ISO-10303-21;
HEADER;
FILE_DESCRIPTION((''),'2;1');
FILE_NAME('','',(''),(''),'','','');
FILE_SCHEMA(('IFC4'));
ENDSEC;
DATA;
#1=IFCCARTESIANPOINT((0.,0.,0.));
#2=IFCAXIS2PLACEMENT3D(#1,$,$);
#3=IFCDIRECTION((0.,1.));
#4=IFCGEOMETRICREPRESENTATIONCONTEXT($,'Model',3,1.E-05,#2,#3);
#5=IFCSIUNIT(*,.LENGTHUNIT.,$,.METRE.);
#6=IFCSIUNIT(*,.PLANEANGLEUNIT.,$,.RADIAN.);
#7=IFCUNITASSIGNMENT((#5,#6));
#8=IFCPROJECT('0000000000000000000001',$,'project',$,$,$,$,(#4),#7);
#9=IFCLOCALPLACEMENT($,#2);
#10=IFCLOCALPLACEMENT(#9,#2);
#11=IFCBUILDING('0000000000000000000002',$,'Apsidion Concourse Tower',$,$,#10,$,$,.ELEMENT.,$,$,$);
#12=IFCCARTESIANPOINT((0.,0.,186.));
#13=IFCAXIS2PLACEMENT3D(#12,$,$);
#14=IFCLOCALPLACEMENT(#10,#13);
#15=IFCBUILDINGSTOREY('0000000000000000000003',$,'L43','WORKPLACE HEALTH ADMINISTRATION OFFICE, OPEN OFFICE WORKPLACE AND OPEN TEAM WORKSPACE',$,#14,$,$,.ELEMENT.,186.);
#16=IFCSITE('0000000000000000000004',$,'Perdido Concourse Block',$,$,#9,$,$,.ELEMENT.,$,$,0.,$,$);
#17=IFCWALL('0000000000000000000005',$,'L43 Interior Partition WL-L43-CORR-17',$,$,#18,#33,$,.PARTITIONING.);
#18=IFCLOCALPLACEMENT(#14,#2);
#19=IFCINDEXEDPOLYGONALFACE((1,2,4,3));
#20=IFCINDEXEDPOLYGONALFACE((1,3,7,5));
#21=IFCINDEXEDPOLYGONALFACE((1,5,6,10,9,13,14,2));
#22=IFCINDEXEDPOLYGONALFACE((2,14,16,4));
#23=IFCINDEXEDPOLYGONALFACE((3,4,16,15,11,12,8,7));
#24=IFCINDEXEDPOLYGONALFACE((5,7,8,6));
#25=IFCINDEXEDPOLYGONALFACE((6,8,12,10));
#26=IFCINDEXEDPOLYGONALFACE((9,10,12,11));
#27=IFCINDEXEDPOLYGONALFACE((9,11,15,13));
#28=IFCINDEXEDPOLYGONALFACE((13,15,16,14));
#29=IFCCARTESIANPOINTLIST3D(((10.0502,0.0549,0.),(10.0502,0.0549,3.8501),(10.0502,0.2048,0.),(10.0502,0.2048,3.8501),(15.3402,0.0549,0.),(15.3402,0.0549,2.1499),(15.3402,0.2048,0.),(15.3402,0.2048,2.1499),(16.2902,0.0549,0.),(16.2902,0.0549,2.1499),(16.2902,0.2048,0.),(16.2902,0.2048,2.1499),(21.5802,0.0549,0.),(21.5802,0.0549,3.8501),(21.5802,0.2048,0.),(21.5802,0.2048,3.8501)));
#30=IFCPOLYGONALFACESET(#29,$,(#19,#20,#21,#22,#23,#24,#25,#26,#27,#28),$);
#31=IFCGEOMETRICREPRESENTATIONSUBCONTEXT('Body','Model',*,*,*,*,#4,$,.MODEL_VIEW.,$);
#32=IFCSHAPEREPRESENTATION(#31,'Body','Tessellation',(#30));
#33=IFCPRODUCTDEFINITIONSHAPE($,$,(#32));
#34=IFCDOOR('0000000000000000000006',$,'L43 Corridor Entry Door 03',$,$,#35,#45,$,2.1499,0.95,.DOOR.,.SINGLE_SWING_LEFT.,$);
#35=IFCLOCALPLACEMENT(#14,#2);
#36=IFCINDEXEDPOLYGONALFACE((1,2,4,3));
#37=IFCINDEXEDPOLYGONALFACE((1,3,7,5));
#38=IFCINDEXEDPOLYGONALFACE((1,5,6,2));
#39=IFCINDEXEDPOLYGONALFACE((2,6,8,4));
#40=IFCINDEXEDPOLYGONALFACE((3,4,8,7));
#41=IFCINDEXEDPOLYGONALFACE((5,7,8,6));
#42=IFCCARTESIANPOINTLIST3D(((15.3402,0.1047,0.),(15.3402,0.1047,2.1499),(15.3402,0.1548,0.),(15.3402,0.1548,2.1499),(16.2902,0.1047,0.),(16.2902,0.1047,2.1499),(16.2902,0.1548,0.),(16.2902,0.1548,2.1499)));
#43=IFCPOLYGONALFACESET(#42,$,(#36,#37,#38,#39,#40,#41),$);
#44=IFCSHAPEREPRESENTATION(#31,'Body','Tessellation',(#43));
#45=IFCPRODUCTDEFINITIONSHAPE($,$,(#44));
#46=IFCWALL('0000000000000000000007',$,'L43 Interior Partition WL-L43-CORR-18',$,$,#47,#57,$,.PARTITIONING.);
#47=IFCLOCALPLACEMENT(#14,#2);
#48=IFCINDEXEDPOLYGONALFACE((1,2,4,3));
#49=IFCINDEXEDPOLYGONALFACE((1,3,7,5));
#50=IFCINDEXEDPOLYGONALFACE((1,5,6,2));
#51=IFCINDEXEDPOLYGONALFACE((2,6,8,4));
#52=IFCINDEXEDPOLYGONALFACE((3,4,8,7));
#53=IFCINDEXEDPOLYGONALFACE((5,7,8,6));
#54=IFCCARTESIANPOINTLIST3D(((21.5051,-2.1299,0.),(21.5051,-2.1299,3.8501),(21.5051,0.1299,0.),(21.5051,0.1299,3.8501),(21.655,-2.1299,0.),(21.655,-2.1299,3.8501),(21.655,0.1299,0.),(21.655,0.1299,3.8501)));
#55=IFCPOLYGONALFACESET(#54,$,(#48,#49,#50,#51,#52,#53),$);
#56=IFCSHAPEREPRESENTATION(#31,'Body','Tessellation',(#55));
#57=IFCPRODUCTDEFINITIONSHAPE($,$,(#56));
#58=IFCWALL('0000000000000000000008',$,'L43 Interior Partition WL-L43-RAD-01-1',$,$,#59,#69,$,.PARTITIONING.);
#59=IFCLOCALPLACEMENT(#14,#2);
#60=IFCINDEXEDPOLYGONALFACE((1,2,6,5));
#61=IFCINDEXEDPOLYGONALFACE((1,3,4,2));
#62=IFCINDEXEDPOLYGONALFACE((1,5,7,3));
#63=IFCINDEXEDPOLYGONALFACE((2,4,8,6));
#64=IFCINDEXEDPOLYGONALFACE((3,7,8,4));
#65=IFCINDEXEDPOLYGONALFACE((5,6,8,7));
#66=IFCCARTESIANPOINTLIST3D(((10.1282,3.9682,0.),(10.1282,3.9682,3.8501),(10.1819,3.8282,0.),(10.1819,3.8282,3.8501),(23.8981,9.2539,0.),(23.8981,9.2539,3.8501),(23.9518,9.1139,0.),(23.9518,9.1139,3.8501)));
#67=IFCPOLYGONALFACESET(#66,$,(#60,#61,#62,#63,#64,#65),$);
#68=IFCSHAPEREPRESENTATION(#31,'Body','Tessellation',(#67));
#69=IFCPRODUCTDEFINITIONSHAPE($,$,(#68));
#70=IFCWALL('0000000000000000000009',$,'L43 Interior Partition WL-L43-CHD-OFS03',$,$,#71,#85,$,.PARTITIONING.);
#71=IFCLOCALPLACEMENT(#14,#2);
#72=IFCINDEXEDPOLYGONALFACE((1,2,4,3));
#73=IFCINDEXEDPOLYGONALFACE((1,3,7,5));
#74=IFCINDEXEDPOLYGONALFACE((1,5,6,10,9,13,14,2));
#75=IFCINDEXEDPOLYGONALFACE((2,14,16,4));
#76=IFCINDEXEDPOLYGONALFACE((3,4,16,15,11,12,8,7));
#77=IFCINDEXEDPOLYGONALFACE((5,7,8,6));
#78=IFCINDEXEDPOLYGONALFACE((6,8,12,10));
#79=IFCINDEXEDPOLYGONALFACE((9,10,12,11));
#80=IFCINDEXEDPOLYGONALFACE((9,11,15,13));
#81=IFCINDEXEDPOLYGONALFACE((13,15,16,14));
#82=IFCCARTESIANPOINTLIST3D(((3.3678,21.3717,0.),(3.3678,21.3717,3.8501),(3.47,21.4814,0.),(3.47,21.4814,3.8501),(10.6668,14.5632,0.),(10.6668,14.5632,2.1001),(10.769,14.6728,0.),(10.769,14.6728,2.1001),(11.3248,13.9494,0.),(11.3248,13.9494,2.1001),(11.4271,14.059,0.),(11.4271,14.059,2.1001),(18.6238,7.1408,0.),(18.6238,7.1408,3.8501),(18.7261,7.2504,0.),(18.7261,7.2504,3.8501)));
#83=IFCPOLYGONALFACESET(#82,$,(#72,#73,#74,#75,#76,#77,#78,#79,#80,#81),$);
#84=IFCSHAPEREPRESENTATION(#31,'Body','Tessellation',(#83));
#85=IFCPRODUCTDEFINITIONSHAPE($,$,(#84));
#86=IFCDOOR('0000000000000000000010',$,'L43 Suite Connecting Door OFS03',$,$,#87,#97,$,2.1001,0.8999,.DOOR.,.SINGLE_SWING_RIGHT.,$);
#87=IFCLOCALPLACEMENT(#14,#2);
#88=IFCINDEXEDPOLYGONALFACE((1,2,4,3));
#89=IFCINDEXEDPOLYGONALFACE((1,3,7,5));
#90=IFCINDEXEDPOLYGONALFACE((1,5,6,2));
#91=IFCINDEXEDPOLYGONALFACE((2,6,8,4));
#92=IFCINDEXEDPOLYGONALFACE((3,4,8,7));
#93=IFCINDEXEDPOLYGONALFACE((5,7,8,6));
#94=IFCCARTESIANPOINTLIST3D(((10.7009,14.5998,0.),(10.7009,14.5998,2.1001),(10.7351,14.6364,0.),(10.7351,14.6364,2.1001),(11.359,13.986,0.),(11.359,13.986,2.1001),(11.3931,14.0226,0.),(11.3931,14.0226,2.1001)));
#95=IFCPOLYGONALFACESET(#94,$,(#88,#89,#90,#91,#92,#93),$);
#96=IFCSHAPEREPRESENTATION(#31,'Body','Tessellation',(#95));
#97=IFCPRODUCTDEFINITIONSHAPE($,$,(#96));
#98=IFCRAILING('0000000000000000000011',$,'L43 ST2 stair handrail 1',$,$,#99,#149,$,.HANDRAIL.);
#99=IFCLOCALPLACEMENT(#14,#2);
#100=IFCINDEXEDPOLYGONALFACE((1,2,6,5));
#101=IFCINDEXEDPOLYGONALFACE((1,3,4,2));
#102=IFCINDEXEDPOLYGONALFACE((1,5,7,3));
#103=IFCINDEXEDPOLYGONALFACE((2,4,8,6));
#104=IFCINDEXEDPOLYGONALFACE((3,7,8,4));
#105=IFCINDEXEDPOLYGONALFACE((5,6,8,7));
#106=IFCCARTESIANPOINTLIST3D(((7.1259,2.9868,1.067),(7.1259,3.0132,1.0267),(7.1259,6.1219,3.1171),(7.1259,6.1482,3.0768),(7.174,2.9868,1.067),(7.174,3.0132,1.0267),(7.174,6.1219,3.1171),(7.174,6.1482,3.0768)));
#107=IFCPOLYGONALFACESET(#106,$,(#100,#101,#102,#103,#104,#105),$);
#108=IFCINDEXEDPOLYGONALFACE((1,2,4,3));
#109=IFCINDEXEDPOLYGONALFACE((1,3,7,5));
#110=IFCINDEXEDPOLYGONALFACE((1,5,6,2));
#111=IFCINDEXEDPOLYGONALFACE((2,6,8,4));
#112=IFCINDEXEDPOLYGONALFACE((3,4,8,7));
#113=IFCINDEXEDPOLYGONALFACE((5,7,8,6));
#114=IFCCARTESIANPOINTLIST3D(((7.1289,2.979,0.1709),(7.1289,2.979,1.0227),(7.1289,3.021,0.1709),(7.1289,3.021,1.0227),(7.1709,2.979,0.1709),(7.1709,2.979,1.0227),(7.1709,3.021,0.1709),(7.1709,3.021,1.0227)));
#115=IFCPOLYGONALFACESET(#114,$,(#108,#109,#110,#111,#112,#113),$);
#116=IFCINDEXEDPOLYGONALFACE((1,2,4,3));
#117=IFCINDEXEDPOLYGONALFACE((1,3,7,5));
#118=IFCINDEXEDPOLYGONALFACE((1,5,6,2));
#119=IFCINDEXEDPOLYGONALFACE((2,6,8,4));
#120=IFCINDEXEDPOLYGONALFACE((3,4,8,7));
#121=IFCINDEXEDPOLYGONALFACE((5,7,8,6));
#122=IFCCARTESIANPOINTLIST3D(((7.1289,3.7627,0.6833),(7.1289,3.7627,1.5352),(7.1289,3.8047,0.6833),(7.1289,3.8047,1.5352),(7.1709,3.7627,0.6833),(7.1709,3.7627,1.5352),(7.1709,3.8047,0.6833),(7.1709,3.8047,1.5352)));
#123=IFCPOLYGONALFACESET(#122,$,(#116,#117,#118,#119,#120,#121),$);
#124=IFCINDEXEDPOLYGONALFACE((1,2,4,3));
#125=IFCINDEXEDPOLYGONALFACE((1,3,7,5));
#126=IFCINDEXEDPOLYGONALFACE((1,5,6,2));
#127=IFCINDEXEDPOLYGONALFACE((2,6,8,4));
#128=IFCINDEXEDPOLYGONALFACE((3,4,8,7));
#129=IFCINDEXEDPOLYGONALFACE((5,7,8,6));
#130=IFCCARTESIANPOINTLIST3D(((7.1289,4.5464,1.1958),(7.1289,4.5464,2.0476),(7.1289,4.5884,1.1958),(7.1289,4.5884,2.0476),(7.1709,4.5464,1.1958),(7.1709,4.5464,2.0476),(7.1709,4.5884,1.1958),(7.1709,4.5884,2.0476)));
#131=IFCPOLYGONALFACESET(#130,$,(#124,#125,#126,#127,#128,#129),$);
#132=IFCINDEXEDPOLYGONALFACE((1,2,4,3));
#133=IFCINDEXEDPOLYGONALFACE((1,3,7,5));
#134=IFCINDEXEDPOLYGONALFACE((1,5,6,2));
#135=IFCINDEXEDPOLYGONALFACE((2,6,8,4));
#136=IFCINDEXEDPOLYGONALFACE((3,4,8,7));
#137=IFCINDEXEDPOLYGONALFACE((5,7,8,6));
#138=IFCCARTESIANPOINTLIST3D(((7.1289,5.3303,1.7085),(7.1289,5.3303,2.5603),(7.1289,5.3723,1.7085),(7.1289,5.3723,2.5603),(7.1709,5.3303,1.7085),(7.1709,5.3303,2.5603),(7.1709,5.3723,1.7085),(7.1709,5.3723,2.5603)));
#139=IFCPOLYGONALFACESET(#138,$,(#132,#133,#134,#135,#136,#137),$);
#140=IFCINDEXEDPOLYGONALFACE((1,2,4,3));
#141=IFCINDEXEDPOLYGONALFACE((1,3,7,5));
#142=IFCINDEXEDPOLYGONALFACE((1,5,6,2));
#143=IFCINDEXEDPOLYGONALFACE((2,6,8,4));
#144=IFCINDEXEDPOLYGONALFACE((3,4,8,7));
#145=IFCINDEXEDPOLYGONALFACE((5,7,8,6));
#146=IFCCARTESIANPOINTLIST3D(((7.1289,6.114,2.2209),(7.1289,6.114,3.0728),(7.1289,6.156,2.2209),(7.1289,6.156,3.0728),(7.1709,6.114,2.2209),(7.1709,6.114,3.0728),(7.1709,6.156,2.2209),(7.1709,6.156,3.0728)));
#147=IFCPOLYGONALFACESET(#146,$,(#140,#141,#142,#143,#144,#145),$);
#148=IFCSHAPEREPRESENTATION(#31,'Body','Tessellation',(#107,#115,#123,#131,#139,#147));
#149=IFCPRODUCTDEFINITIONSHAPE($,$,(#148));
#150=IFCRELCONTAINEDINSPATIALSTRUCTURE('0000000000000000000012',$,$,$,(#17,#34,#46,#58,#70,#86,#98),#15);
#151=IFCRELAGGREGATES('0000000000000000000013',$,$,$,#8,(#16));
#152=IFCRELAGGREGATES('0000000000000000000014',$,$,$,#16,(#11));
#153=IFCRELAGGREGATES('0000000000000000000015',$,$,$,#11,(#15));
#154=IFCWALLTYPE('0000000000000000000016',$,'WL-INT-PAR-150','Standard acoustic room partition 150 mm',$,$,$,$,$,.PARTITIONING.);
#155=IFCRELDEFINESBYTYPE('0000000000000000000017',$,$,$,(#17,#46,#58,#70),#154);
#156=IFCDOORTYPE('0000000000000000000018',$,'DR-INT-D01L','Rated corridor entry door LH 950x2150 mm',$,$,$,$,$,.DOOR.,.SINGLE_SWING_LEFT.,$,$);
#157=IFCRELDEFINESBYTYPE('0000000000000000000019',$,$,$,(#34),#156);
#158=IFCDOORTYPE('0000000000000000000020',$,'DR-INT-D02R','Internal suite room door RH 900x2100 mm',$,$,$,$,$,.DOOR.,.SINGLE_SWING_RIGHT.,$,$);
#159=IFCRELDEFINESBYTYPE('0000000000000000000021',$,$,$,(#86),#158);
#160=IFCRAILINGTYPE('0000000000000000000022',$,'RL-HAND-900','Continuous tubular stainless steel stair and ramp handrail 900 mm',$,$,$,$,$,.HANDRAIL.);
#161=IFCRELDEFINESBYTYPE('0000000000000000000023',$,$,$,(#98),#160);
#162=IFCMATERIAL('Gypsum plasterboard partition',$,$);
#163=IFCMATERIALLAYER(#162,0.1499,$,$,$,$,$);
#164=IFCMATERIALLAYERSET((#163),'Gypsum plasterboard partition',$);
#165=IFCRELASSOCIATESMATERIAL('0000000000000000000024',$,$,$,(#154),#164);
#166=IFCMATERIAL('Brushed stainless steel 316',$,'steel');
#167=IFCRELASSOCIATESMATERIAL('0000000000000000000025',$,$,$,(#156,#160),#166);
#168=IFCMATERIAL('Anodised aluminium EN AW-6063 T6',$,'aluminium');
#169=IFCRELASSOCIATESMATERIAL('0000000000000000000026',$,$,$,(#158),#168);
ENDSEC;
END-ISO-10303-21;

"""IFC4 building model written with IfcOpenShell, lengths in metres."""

from ifc_helpers import new_model, si_unit, direction, frame, frame_2d, origin, origin_2d, place, context, subcontext, project, spatial, rectangle, extrude, material, layer, layer_set, type_object, element, fill, save


model = new_model("IFC4")

# Units and contexts
model_context = context("Model", 3, precision=1e-05, world=origin(), true_north=direction((0.0, 1.0)))
body_context = subcontext(model_context, "Body", "Model", "MODEL_VIEW")
ifc_project = project(units=[si_unit("LENGTHUNIT", "METRE"), si_unit("PLANEANGLEUNIT", "RADIAN")], contexts=[model_context])

# Site, building, storey
site_placement = place(None, origin())
site = spatial("IfcSite", under=ifc_project, at=site_placement, Name="Perdido Concourse Block", CompositionType="ELEMENT", RefElevation=0.0)
building_placement = place(site_placement, origin())
building = spatial("IfcBuilding", under=site, at=building_placement, Name="Apsidion Concourse Tower", CompositionType="ELEMENT")
storey_placement = place(building_placement, frame((0.0, 0.0, 186.0)))
storey = spatial("IfcBuildingStorey", under=building, at=storey_placement, Name="L43", Description="WORKPLACE HEALTH ADMINISTRATION OFFICE, OPEN OFFICE WORKPLACE AND OPEN TEAM WORKSPACE", CompositionType="ELEMENT", Elevation=186.0)

# Shared definitions
ifc_material_1 = material(Name="Gypsum plasterboard partition")
ifc_layer_1 = layer(ifc_material_1, 0.1499)
ifc_layer_set_1 = layer_set([ifc_layer_1], Name="Gypsum plasterboard partition")
wall_type_1 = type_object("IfcWallType", Name="WL-INT-PAR-150", Description="Standard acoustic room partition 150 mm", PredefinedType="PARTITIONING", material=ifc_layer_set_1)

# Wall, opening, door
ifc_material_2 = material(Name="Brushed stainless steel 316", Category="steel")
wall_1_placement = place(storey_placement, frame((10.05, 0.1299, 0.0), z_axis=(0.0, 0.0, 1.0), x_axis=(1.0, 0.0, 0.0)))
wall_1 = element("IfcWall", 1, at=wall_1_placement, inside=storey, type_object=wall_type_1, Name="L43 Interior Partition WL-L43-CORR-17", PredefinedType="PARTITIONING", context=body_context, shape_type="SweptSolid", body=[
    extrude(rectangle(XDim=11.53, YDim=0.1499, at=frame_2d((5.7651, 0.0))), origin(), (0.0, 0.0, 1.0), 3.8501),
])
opening_1_placement = place(wall_1_placement, frame((5.29, 0.0, 0.0)))
opening_1 = element("IfcOpeningElement", 2, at=opening_1_placement, cuts=wall_1, PredefinedType="OPENING", context=body_context, shape_type="SweptSolid", body=[
    extrude(rectangle(XDim=0.95, YDim=2.1499, at=frame_2d((0.4751, 1.075))), frame((0.0, 0.085, 0.0), z_axis=(0.0, -1.0, 0.0), x_axis=(1.0, 0.0, 0.0)), (0.0, 0.0, 1.0), 0.1699),
])
door_type_1 = type_object("IfcDoorType", Name="DR-INT-D01L", Description="Rated corridor entry door LH 950x2150 mm", OperationType="SINGLE_SWING_LEFT", PredefinedType="DOOR", material=ifc_material_2)
door_1_placement = place(opening_1_placement, origin())
door_1 = element("IfcDoor", 3, at=door_1_placement, inside=storey, type_object=door_type_1, Name="L43 Corridor Entry Door 03", OperationType="SINGLE_SWING_LEFT", OverallHeight=2.1499, OverallWidth=0.95, PredefinedType="DOOR", context=body_context, shape_type="SweptSolid", body=[
    extrude(rectangle(XDim=0.95, YDim=2.1499, at=frame_2d((0.4751, 1.075))), frame((0.0, 0.0249, 0.0), z_axis=(0.0, -1.0, 0.0), x_axis=(1.0, 0.0, 0.0)), (0.0, 0.0, 1.0), 0.05),
])
fill(opening_1, door_1)

# Walls
wall_2_placement = place(storey_placement, frame((21.5801, 0.1299, 0.0), z_axis=(0.0, 0.0, 1.0), x_axis=(0.0, -1.0, 0.0)))
element("IfcWall", 4, at=wall_2_placement, inside=storey, type_object=wall_type_1, Name="L43 Interior Partition WL-L43-CORR-18", PredefinedType="PARTITIONING", context=body_context, shape_type="SweptSolid", body=[
    extrude(rectangle(XDim=2.2598, YDim=0.1499, at=frame_2d((1.1299, 0.0))), origin(), (0.0, 0.0, 1.0), 3.8501),
])
wall_3_placement = place(storey_placement, frame((10.155, 3.8982, 0.0), z_axis=(0.0, 0.0, 1.0), x_axis=(0.933582, 0.358363, 0.0)))
element("IfcWall", 5, at=wall_3_placement, inside=storey, type_object=wall_type_1, Name="L43 Interior Partition WL-L43-RAD-01-1", PredefinedType="PARTITIONING", context=body_context, shape_type="SweptSolid", body=[
    extrude(rectangle(XDim=14.7495, YDim=0.1499, at=frame_2d((7.3748, 0.0))), origin(), (0.0, 0.0, 1.0), 3.8501),
])

# Wall, opening, door
wall_4_placement = place(storey_placement, frame((18.675, 7.1956, 0.0), z_axis=(0.0, 0.0, 1.0), x_axis=(-0.731248, 0.682111, 0.0)))
wall_4 = element("IfcWall", 6, at=wall_4_placement, inside=storey, type_object=wall_type_1, Name="L43 Interior Partition WL-L43-CHD-OFS03", PredefinedType="PARTITIONING", context=body_context, shape_type="SweptSolid", body=[
    extrude(rectangle(XDim=20.863, YDim=0.1499, at=frame_2d((10.4316, 0.0))), origin(), (0.0, 0.0, 1.0), 3.8501),
])
opening_2_placement = place(wall_4_placement, frame((9.9817, 0.0, 0.0)))
opening_2 = element("IfcOpeningElement", 7, at=opening_2_placement, cuts=wall_4, PredefinedType="OPENING", context=body_context, shape_type="SweptSolid", body=[
    extrude(rectangle(XDim=0.8999, YDim=2.1001, at=frame_2d((0.45, 1.05))), frame((0.0, 0.085, 0.0), z_axis=(0.0, -1.0, 0.0), x_axis=(1.0, 0.0, 0.0)), (0.0, 0.0, 1.0), 0.1699),
])
ifc_material_3 = material(Name="Anodised aluminium EN AW-6063 T6", Category="aluminium")
door_type_2 = type_object("IfcDoorType", Name="DR-INT-D02R", Description="Internal suite room door RH 900x2100 mm", OperationType="SINGLE_SWING_RIGHT", PredefinedType="DOOR", material=ifc_material_3)
door_2_placement = place(opening_2_placement, origin())
door_2 = element("IfcDoor", 8, at=door_2_placement, inside=storey, type_object=door_type_2, Name="L43 Suite Connecting Door OFS03", OperationType="SINGLE_SWING_RIGHT", OverallHeight=2.1001, OverallWidth=0.8999, PredefinedType="DOOR", context=body_context, shape_type="SweptSolid", body=[
    extrude(rectangle(XDim=0.8999, YDim=2.1001, at=frame_2d((0.45, 1.05))), frame((0.0, 0.0249, 0.0), z_axis=(0.0, -1.0, 0.0), x_axis=(1.0, 0.0, 0.0)), (0.0, 0.0, 1.0), 0.05),
])
fill(opening_2, door_2)

# Railing
railing_type = type_object("IfcRailingType", Name="RL-HAND-900", Description="Continuous tubular stainless steel stair and ramp handrail 900 mm", PredefinedType="HANDRAIL", material=ifc_material_2)
railing_placement = place(storey_placement, frame((7.1499, 3.0, 0.1709)))
element("IfcRailing", 9, at=railing_placement, inside=storey, type_object=railing_type, Name="L43 ST2 stair handrail 1", PredefinedType="HANDRAIL", context=body_context, shape_type="SweptSolid", body=[
    extrude(rectangle(XDim=0.0481, YDim=0.0481, at=origin_2d()), frame((0.0, 0.0, 0.876), z_axis=(0.0, 0.836941, 0.547293), x_axis=(-1.0, 0.0, 0.0)), (0.0, 0.0, 1.0), 3.7458),
    extrude(rectangle(XDim=0.042, YDim=0.042, at=origin_2d()), origin(), (0.0, 0.0, 1.0), 0.8518),
    extrude(rectangle(XDim=0.042, YDim=0.042, at=origin_2d()), frame((0.0, 0.7837, 0.5125)), (0.0, 0.0, 1.0), 0.8518),
    extrude(rectangle(XDim=0.042, YDim=0.042, at=origin_2d()), frame((0.0, 1.5674, 1.0249)), (0.0, 0.0, 1.0), 0.8518),
    extrude(rectangle(XDim=0.042, YDim=0.042, at=origin_2d()), frame((0.0, 2.3513, 1.5376)), (0.0, 0.0, 1.0), 0.8518),
    extrude(rectangle(XDim=0.042, YDim=0.042, at=origin_2d()), frame((0.0, 3.135, 2.05)), (0.0, 0.0, 1.0), 0.8518),
])

save(model, "model.ifc")
